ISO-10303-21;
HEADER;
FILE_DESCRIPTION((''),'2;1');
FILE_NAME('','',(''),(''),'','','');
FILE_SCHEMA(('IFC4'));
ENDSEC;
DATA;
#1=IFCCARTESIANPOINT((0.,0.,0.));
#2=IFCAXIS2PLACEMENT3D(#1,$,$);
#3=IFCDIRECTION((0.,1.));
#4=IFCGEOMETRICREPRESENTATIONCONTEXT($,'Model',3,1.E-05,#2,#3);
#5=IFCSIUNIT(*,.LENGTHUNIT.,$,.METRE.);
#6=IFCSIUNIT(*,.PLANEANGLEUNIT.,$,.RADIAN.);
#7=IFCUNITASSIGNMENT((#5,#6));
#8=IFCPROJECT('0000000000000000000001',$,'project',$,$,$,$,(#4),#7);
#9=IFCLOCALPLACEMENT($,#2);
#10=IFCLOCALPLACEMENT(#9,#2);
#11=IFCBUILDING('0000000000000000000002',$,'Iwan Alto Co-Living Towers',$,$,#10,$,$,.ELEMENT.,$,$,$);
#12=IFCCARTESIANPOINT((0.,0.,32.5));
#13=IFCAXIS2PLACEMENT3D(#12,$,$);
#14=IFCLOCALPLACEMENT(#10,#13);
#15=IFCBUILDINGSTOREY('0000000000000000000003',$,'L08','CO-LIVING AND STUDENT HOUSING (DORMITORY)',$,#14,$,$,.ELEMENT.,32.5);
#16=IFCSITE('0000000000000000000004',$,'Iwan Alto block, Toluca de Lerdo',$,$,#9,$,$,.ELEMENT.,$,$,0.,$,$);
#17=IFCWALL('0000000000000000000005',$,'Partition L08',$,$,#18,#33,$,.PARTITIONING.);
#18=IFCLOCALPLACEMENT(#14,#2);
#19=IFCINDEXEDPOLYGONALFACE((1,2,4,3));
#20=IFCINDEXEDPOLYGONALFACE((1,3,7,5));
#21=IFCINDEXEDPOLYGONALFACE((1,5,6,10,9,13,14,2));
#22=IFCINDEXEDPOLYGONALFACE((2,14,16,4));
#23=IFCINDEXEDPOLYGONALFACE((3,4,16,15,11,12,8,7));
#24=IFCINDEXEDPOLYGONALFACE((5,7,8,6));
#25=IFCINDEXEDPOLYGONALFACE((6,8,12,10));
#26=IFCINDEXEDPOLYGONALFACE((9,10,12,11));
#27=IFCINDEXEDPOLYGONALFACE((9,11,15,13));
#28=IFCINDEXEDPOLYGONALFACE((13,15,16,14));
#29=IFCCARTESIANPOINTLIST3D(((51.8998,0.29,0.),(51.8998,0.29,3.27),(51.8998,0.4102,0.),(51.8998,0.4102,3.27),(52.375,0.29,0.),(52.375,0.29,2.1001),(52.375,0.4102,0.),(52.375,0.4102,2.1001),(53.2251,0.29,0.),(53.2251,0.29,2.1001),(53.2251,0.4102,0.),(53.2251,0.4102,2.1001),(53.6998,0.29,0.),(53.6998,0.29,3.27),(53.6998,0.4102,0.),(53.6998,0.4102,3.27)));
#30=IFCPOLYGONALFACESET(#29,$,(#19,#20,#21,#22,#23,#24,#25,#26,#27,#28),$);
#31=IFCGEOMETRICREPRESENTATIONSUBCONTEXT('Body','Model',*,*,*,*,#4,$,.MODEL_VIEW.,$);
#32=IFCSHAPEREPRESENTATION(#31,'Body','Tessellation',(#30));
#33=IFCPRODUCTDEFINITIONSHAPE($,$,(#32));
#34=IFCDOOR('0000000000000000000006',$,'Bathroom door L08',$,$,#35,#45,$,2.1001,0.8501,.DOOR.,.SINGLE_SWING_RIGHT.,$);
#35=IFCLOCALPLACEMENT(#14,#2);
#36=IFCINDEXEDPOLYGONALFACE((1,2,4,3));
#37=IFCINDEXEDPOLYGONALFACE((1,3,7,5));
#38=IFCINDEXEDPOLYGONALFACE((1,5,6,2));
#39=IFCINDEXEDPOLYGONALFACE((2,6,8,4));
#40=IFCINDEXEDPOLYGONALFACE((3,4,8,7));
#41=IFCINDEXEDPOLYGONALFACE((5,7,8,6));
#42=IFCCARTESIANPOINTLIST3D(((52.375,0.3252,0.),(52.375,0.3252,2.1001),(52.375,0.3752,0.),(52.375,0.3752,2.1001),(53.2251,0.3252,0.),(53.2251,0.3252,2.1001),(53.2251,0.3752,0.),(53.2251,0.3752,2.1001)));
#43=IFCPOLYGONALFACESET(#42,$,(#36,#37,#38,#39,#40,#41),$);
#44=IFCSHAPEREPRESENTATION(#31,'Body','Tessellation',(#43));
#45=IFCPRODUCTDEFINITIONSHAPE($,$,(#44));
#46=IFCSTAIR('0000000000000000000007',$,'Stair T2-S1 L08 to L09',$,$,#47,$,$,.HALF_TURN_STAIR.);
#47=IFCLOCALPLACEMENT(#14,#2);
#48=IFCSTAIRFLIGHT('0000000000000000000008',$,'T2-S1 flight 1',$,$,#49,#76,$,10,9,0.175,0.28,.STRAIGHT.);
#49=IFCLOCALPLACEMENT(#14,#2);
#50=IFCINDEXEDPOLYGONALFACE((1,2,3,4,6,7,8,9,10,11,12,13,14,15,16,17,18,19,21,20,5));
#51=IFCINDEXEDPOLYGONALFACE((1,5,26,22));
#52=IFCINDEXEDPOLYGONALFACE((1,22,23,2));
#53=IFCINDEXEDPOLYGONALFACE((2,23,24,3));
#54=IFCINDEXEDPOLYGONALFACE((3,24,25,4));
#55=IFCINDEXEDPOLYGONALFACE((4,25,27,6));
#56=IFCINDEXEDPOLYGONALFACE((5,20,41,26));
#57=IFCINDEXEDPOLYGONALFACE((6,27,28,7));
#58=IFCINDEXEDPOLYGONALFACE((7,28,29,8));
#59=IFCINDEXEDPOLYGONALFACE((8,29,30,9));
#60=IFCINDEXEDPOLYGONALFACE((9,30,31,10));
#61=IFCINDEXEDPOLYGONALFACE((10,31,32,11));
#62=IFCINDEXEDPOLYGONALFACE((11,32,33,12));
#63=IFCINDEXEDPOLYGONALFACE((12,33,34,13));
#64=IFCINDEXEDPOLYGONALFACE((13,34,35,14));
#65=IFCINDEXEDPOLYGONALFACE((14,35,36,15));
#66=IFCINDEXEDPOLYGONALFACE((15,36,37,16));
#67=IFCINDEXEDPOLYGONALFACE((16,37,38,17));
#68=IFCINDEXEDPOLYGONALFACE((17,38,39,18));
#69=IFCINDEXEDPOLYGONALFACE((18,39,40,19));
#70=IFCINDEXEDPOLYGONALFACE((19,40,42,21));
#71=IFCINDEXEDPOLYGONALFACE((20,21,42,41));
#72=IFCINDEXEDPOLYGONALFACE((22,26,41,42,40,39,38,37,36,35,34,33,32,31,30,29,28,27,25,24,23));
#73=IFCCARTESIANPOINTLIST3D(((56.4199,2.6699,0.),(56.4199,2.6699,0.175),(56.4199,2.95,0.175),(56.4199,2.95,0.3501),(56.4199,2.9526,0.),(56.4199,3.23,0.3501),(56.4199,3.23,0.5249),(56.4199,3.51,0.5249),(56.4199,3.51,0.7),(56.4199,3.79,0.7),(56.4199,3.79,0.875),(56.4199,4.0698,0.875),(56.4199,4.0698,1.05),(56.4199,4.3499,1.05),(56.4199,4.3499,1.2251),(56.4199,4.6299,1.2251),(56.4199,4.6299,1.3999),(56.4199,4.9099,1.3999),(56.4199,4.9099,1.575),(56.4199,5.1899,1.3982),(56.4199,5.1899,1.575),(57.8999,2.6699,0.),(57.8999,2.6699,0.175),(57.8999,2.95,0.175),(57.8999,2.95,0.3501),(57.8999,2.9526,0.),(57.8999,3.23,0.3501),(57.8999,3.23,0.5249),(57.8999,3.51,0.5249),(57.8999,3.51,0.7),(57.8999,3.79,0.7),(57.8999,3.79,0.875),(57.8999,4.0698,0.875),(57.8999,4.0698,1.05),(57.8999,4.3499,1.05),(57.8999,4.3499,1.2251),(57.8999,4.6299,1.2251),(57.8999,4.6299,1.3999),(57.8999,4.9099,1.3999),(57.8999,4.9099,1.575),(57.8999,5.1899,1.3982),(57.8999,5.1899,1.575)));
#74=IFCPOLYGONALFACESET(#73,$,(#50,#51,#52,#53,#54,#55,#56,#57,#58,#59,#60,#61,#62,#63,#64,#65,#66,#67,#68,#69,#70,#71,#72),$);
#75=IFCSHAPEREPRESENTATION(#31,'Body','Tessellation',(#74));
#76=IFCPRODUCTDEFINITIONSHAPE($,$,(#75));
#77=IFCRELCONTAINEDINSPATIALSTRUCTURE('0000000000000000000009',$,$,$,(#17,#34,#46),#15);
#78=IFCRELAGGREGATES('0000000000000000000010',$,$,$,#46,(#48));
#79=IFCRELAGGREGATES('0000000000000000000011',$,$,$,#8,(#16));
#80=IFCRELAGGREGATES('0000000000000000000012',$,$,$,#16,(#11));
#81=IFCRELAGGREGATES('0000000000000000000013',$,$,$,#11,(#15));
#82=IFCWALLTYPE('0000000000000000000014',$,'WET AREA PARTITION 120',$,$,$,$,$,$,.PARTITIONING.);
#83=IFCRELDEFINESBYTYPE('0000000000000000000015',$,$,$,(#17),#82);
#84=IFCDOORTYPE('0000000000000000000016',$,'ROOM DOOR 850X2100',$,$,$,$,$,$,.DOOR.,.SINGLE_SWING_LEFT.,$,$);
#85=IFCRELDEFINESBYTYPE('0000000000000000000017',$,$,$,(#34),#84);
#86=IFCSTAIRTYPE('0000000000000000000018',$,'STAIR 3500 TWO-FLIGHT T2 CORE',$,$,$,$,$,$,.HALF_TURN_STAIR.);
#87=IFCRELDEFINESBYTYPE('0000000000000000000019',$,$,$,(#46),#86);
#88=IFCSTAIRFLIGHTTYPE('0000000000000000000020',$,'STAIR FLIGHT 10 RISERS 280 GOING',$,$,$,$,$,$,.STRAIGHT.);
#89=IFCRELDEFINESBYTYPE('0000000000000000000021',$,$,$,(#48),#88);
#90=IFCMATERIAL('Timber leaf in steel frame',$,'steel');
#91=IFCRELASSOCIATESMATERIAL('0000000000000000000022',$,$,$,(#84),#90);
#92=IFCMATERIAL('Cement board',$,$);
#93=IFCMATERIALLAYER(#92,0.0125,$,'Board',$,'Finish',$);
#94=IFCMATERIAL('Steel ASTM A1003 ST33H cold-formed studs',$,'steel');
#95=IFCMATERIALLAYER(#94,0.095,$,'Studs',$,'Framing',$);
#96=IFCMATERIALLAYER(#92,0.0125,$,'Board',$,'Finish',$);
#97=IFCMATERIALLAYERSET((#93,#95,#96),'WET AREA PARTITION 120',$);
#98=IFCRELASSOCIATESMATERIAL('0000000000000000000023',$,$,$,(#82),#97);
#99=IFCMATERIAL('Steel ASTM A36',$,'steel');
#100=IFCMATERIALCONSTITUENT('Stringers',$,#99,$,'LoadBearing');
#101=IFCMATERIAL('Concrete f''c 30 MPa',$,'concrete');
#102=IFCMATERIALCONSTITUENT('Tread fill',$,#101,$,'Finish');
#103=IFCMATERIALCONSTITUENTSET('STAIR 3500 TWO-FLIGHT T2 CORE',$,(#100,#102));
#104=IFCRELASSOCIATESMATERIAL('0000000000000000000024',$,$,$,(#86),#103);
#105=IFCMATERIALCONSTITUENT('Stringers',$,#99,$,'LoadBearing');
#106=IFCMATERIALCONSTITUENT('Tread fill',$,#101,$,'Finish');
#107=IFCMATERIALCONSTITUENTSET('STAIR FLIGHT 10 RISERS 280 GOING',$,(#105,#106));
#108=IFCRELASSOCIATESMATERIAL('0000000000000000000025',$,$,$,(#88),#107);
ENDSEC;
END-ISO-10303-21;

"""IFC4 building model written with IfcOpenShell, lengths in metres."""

from ifc_helpers import new_model, si_unit, direction, frame, frame_2d, origin, place, context, subcontext, project, spatial, polyline, rectangle, outline, extrude, material, layer, layer_set, constituent, constituent_set, type_object, element, fill, aggregate, save


model = new_model("IFC4")

# Units and contexts
model_context = context("Model", 3, precision=1e-05, world=origin(), true_north=direction((0.0, 1.0)))
body_context = subcontext(model_context, "Body", "Model", "MODEL_VIEW")
ifc_project = project(units=[si_unit("LENGTHUNIT", "METRE"), si_unit("PLANEANGLEUNIT", "RADIAN")], contexts=[model_context])

# Site, building, storey
site_placement = place(None, origin())
site = spatial("IfcSite", under=ifc_project, at=site_placement, Name="Iwan Alto block, Toluca de Lerdo", CompositionType="ELEMENT", RefElevation=0.0)
building_placement = place(site_placement, origin())
building = spatial("IfcBuilding", under=site, at=building_placement, Name="Iwan Alto Co-Living Towers", CompositionType="ELEMENT")
storey_placement = place(building_placement, frame((0.0, 0.0, 32.5)))
storey = spatial("IfcBuildingStorey", under=building, at=storey_placement, Name="L08", Description="CO-LIVING AND STUDENT HOUSING (DORMITORY)", CompositionType="ELEMENT", Elevation=32.5)

# Shared definitions
ifc_material_1 = material(Name="Steel ASTM A1003 ST33H cold-formed studs", Category="steel")

# Shared definitions
ifc_material_2 = material(Name="Timber leaf in steel frame", Category="steel")
door_type_1 = type_object("IfcDoorType", Name="ROOM DOOR 850X2100", OperationType="SINGLE_SWING_LEFT", PredefinedType="DOOR", material=ifc_material_2)

# Wall, opening, door
ifc_material_3 = material(Name="Cement board")
ifc_layer_1 = layer(ifc_material_3, 0.0125, Name="Board", Category="Finish")
ifc_layer_2 = layer(ifc_material_1, 0.095, Name="Studs", Category="Framing")
ifc_layer_3 = layer(ifc_material_3, 0.0125, Name="Board", Category="Finish")
ifc_layer_set_1 = layer_set([ifc_layer_1, ifc_layer_2, ifc_layer_3], Name="WET AREA PARTITION 120")
wall_type_1 = type_object("IfcWallType", Name="WET AREA PARTITION 120", PredefinedType="PARTITIONING", material=ifc_layer_set_1)
wall_1_placement = place(storey_placement, frame((51.8999, 0.3501, 0.0), z_axis=(0.0, 0.0, 1.0), x_axis=(1.0, 0.0, 0.0)))
wall_1 = element("IfcWall", 1, at=wall_1_placement, inside=storey, type_object=wall_type_1, Name="Partition L08", PredefinedType="PARTITIONING", context=body_context, shape_type="SweptSolid", body=[
    extrude(rectangle(XDim=1.8, YDim=0.1201, at=frame_2d((0.8999, 0.0))), origin(), (0.0, 0.0, 1.0), 3.27),
])
opening_1_placement = place(wall_1_placement, frame((0.4751, 0.0, 0.0)))
opening_1 = element("IfcOpeningElement", 2, at=opening_1_placement, cuts=wall_1, PredefinedType="OPENING", context=body_context, shape_type="SweptSolid", body=[
    extrude(rectangle(XDim=0.8501, YDim=2.1001, at=frame_2d((0.425, 1.05))), frame((0.0, 0.0701, 0.0), z_axis=(0.0, -1.0, 0.0), x_axis=(1.0, 0.0, 0.0)), (0.0, 0.0, 1.0), 0.1401),
])
door_1_placement = place(opening_1_placement, frame((0.8501, 0.0, 0.0), z_axis=(0.0, 0.0, 1.0), x_axis=(-1.0, 0.0, 0.0)))
door_1 = element("IfcDoor", 3, at=door_1_placement, inside=storey, type_object=door_type_1, Name="Bathroom door L08", OperationType="SINGLE_SWING_RIGHT", OverallHeight=2.1001, OverallWidth=0.8501, PredefinedType="DOOR", context=body_context, shape_type="SweptSolid", body=[
    extrude(rectangle(XDim=0.8501, YDim=2.1001, at=frame_2d((0.425, 1.05))), frame((0.0, 0.0249, 0.0), z_axis=(0.0, -1.0, 0.0), x_axis=(1.0, 0.0, 0.0)), (0.0, 0.0, 1.0), 0.05),
])
fill(opening_1, door_1)

# Stair, stair flight
ifc_material_4 = material(Name="Steel ASTM A36", Category="steel")
ifc_constituent_1 = constituent(ifc_material_4, Name="Stringers", Category="LoadBearing")
ifc_material_5 = material(Name="Concrete f'c 30 MPa", Category="concrete")
ifc_constituent_2 = constituent(ifc_material_5, Name="Tread fill", Category="Finish")
ifc_constituent_set_1 = constituent_set(constituents=[ifc_constituent_1, ifc_constituent_2], Name="STAIR 3500 TWO-FLIGHT T2 CORE")
stair_type = type_object("IfcStairType", Name="STAIR 3500 TWO-FLIGHT T2 CORE", PredefinedType="HALF_TURN_STAIR", material=ifc_constituent_set_1)
stair_placement = place(storey_placement, origin())
stair = element("IfcStair", 4, at=stair_placement, inside=storey, type_object=stair_type, Name="Stair T2-S1 L08 to L09", PredefinedType="HALF_TURN_STAIR")
ifc_constituent_3 = constituent(ifc_material_4, Name="Stringers", Category="LoadBearing")
ifc_constituent_4 = constituent(ifc_material_5, Name="Tread fill", Category="Finish")
ifc_constituent_set_2 = constituent_set(constituents=[ifc_constituent_3, ifc_constituent_4], Name="STAIR FLIGHT 10 RISERS 280 GOING")
stair_flight_type = type_object("IfcStairFlightType", Name="STAIR FLIGHT 10 RISERS 280 GOING", PredefinedType="STRAIGHT", material=ifc_constituent_set_2)
stair_flight_placement = place(storey_placement, frame((57.1599, 2.6699, 0.0), z_axis=(0.0, 0.0, 1.0), x_axis=(0.0, 1.0, 0.0)))
stair_flight = element("IfcStairFlight", 5, at=stair_flight_placement, type_object=stair_flight_type, Name="T2-S1 flight 1", NumberOfRisers=10, NumberOfTreads=9, PredefinedType="STRAIGHT", RiserHeight=0.175, TreadLength=0.28, context=body_context, shape_type="SweptSolid", body=[
    extrude(outline(polyline([(0.0, 0.0), (0.0, 0.175), (0.28, 0.175), (0.28, 0.3501), (0.5601, 0.3501), (0.5601, 0.5249), (0.8401, 0.5249), (0.8401, 0.7), (1.1201, 0.7), (1.1201, 0.875), (1.3999, 0.875), (1.3999, 1.05), (1.6799, 1.05), (1.6799, 1.2251), (1.96, 1.2251), (1.96, 1.3999), (2.24, 1.3999), (2.24, 1.575), (2.52, 1.575), (2.52, 1.75), (2.52, 1.3982), (0.2827, 0.0), (0.0, 0.0)])), frame((0.0, 0.74, 0.0), z_axis=(0.0, -1.0, 0.0), x_axis=(1.0, 0.0, 0.0)), (0.0, 0.0, 1.0), 1.48),
])
aggregate(stair, [stair_flight])

save(model, "model.ifc")
